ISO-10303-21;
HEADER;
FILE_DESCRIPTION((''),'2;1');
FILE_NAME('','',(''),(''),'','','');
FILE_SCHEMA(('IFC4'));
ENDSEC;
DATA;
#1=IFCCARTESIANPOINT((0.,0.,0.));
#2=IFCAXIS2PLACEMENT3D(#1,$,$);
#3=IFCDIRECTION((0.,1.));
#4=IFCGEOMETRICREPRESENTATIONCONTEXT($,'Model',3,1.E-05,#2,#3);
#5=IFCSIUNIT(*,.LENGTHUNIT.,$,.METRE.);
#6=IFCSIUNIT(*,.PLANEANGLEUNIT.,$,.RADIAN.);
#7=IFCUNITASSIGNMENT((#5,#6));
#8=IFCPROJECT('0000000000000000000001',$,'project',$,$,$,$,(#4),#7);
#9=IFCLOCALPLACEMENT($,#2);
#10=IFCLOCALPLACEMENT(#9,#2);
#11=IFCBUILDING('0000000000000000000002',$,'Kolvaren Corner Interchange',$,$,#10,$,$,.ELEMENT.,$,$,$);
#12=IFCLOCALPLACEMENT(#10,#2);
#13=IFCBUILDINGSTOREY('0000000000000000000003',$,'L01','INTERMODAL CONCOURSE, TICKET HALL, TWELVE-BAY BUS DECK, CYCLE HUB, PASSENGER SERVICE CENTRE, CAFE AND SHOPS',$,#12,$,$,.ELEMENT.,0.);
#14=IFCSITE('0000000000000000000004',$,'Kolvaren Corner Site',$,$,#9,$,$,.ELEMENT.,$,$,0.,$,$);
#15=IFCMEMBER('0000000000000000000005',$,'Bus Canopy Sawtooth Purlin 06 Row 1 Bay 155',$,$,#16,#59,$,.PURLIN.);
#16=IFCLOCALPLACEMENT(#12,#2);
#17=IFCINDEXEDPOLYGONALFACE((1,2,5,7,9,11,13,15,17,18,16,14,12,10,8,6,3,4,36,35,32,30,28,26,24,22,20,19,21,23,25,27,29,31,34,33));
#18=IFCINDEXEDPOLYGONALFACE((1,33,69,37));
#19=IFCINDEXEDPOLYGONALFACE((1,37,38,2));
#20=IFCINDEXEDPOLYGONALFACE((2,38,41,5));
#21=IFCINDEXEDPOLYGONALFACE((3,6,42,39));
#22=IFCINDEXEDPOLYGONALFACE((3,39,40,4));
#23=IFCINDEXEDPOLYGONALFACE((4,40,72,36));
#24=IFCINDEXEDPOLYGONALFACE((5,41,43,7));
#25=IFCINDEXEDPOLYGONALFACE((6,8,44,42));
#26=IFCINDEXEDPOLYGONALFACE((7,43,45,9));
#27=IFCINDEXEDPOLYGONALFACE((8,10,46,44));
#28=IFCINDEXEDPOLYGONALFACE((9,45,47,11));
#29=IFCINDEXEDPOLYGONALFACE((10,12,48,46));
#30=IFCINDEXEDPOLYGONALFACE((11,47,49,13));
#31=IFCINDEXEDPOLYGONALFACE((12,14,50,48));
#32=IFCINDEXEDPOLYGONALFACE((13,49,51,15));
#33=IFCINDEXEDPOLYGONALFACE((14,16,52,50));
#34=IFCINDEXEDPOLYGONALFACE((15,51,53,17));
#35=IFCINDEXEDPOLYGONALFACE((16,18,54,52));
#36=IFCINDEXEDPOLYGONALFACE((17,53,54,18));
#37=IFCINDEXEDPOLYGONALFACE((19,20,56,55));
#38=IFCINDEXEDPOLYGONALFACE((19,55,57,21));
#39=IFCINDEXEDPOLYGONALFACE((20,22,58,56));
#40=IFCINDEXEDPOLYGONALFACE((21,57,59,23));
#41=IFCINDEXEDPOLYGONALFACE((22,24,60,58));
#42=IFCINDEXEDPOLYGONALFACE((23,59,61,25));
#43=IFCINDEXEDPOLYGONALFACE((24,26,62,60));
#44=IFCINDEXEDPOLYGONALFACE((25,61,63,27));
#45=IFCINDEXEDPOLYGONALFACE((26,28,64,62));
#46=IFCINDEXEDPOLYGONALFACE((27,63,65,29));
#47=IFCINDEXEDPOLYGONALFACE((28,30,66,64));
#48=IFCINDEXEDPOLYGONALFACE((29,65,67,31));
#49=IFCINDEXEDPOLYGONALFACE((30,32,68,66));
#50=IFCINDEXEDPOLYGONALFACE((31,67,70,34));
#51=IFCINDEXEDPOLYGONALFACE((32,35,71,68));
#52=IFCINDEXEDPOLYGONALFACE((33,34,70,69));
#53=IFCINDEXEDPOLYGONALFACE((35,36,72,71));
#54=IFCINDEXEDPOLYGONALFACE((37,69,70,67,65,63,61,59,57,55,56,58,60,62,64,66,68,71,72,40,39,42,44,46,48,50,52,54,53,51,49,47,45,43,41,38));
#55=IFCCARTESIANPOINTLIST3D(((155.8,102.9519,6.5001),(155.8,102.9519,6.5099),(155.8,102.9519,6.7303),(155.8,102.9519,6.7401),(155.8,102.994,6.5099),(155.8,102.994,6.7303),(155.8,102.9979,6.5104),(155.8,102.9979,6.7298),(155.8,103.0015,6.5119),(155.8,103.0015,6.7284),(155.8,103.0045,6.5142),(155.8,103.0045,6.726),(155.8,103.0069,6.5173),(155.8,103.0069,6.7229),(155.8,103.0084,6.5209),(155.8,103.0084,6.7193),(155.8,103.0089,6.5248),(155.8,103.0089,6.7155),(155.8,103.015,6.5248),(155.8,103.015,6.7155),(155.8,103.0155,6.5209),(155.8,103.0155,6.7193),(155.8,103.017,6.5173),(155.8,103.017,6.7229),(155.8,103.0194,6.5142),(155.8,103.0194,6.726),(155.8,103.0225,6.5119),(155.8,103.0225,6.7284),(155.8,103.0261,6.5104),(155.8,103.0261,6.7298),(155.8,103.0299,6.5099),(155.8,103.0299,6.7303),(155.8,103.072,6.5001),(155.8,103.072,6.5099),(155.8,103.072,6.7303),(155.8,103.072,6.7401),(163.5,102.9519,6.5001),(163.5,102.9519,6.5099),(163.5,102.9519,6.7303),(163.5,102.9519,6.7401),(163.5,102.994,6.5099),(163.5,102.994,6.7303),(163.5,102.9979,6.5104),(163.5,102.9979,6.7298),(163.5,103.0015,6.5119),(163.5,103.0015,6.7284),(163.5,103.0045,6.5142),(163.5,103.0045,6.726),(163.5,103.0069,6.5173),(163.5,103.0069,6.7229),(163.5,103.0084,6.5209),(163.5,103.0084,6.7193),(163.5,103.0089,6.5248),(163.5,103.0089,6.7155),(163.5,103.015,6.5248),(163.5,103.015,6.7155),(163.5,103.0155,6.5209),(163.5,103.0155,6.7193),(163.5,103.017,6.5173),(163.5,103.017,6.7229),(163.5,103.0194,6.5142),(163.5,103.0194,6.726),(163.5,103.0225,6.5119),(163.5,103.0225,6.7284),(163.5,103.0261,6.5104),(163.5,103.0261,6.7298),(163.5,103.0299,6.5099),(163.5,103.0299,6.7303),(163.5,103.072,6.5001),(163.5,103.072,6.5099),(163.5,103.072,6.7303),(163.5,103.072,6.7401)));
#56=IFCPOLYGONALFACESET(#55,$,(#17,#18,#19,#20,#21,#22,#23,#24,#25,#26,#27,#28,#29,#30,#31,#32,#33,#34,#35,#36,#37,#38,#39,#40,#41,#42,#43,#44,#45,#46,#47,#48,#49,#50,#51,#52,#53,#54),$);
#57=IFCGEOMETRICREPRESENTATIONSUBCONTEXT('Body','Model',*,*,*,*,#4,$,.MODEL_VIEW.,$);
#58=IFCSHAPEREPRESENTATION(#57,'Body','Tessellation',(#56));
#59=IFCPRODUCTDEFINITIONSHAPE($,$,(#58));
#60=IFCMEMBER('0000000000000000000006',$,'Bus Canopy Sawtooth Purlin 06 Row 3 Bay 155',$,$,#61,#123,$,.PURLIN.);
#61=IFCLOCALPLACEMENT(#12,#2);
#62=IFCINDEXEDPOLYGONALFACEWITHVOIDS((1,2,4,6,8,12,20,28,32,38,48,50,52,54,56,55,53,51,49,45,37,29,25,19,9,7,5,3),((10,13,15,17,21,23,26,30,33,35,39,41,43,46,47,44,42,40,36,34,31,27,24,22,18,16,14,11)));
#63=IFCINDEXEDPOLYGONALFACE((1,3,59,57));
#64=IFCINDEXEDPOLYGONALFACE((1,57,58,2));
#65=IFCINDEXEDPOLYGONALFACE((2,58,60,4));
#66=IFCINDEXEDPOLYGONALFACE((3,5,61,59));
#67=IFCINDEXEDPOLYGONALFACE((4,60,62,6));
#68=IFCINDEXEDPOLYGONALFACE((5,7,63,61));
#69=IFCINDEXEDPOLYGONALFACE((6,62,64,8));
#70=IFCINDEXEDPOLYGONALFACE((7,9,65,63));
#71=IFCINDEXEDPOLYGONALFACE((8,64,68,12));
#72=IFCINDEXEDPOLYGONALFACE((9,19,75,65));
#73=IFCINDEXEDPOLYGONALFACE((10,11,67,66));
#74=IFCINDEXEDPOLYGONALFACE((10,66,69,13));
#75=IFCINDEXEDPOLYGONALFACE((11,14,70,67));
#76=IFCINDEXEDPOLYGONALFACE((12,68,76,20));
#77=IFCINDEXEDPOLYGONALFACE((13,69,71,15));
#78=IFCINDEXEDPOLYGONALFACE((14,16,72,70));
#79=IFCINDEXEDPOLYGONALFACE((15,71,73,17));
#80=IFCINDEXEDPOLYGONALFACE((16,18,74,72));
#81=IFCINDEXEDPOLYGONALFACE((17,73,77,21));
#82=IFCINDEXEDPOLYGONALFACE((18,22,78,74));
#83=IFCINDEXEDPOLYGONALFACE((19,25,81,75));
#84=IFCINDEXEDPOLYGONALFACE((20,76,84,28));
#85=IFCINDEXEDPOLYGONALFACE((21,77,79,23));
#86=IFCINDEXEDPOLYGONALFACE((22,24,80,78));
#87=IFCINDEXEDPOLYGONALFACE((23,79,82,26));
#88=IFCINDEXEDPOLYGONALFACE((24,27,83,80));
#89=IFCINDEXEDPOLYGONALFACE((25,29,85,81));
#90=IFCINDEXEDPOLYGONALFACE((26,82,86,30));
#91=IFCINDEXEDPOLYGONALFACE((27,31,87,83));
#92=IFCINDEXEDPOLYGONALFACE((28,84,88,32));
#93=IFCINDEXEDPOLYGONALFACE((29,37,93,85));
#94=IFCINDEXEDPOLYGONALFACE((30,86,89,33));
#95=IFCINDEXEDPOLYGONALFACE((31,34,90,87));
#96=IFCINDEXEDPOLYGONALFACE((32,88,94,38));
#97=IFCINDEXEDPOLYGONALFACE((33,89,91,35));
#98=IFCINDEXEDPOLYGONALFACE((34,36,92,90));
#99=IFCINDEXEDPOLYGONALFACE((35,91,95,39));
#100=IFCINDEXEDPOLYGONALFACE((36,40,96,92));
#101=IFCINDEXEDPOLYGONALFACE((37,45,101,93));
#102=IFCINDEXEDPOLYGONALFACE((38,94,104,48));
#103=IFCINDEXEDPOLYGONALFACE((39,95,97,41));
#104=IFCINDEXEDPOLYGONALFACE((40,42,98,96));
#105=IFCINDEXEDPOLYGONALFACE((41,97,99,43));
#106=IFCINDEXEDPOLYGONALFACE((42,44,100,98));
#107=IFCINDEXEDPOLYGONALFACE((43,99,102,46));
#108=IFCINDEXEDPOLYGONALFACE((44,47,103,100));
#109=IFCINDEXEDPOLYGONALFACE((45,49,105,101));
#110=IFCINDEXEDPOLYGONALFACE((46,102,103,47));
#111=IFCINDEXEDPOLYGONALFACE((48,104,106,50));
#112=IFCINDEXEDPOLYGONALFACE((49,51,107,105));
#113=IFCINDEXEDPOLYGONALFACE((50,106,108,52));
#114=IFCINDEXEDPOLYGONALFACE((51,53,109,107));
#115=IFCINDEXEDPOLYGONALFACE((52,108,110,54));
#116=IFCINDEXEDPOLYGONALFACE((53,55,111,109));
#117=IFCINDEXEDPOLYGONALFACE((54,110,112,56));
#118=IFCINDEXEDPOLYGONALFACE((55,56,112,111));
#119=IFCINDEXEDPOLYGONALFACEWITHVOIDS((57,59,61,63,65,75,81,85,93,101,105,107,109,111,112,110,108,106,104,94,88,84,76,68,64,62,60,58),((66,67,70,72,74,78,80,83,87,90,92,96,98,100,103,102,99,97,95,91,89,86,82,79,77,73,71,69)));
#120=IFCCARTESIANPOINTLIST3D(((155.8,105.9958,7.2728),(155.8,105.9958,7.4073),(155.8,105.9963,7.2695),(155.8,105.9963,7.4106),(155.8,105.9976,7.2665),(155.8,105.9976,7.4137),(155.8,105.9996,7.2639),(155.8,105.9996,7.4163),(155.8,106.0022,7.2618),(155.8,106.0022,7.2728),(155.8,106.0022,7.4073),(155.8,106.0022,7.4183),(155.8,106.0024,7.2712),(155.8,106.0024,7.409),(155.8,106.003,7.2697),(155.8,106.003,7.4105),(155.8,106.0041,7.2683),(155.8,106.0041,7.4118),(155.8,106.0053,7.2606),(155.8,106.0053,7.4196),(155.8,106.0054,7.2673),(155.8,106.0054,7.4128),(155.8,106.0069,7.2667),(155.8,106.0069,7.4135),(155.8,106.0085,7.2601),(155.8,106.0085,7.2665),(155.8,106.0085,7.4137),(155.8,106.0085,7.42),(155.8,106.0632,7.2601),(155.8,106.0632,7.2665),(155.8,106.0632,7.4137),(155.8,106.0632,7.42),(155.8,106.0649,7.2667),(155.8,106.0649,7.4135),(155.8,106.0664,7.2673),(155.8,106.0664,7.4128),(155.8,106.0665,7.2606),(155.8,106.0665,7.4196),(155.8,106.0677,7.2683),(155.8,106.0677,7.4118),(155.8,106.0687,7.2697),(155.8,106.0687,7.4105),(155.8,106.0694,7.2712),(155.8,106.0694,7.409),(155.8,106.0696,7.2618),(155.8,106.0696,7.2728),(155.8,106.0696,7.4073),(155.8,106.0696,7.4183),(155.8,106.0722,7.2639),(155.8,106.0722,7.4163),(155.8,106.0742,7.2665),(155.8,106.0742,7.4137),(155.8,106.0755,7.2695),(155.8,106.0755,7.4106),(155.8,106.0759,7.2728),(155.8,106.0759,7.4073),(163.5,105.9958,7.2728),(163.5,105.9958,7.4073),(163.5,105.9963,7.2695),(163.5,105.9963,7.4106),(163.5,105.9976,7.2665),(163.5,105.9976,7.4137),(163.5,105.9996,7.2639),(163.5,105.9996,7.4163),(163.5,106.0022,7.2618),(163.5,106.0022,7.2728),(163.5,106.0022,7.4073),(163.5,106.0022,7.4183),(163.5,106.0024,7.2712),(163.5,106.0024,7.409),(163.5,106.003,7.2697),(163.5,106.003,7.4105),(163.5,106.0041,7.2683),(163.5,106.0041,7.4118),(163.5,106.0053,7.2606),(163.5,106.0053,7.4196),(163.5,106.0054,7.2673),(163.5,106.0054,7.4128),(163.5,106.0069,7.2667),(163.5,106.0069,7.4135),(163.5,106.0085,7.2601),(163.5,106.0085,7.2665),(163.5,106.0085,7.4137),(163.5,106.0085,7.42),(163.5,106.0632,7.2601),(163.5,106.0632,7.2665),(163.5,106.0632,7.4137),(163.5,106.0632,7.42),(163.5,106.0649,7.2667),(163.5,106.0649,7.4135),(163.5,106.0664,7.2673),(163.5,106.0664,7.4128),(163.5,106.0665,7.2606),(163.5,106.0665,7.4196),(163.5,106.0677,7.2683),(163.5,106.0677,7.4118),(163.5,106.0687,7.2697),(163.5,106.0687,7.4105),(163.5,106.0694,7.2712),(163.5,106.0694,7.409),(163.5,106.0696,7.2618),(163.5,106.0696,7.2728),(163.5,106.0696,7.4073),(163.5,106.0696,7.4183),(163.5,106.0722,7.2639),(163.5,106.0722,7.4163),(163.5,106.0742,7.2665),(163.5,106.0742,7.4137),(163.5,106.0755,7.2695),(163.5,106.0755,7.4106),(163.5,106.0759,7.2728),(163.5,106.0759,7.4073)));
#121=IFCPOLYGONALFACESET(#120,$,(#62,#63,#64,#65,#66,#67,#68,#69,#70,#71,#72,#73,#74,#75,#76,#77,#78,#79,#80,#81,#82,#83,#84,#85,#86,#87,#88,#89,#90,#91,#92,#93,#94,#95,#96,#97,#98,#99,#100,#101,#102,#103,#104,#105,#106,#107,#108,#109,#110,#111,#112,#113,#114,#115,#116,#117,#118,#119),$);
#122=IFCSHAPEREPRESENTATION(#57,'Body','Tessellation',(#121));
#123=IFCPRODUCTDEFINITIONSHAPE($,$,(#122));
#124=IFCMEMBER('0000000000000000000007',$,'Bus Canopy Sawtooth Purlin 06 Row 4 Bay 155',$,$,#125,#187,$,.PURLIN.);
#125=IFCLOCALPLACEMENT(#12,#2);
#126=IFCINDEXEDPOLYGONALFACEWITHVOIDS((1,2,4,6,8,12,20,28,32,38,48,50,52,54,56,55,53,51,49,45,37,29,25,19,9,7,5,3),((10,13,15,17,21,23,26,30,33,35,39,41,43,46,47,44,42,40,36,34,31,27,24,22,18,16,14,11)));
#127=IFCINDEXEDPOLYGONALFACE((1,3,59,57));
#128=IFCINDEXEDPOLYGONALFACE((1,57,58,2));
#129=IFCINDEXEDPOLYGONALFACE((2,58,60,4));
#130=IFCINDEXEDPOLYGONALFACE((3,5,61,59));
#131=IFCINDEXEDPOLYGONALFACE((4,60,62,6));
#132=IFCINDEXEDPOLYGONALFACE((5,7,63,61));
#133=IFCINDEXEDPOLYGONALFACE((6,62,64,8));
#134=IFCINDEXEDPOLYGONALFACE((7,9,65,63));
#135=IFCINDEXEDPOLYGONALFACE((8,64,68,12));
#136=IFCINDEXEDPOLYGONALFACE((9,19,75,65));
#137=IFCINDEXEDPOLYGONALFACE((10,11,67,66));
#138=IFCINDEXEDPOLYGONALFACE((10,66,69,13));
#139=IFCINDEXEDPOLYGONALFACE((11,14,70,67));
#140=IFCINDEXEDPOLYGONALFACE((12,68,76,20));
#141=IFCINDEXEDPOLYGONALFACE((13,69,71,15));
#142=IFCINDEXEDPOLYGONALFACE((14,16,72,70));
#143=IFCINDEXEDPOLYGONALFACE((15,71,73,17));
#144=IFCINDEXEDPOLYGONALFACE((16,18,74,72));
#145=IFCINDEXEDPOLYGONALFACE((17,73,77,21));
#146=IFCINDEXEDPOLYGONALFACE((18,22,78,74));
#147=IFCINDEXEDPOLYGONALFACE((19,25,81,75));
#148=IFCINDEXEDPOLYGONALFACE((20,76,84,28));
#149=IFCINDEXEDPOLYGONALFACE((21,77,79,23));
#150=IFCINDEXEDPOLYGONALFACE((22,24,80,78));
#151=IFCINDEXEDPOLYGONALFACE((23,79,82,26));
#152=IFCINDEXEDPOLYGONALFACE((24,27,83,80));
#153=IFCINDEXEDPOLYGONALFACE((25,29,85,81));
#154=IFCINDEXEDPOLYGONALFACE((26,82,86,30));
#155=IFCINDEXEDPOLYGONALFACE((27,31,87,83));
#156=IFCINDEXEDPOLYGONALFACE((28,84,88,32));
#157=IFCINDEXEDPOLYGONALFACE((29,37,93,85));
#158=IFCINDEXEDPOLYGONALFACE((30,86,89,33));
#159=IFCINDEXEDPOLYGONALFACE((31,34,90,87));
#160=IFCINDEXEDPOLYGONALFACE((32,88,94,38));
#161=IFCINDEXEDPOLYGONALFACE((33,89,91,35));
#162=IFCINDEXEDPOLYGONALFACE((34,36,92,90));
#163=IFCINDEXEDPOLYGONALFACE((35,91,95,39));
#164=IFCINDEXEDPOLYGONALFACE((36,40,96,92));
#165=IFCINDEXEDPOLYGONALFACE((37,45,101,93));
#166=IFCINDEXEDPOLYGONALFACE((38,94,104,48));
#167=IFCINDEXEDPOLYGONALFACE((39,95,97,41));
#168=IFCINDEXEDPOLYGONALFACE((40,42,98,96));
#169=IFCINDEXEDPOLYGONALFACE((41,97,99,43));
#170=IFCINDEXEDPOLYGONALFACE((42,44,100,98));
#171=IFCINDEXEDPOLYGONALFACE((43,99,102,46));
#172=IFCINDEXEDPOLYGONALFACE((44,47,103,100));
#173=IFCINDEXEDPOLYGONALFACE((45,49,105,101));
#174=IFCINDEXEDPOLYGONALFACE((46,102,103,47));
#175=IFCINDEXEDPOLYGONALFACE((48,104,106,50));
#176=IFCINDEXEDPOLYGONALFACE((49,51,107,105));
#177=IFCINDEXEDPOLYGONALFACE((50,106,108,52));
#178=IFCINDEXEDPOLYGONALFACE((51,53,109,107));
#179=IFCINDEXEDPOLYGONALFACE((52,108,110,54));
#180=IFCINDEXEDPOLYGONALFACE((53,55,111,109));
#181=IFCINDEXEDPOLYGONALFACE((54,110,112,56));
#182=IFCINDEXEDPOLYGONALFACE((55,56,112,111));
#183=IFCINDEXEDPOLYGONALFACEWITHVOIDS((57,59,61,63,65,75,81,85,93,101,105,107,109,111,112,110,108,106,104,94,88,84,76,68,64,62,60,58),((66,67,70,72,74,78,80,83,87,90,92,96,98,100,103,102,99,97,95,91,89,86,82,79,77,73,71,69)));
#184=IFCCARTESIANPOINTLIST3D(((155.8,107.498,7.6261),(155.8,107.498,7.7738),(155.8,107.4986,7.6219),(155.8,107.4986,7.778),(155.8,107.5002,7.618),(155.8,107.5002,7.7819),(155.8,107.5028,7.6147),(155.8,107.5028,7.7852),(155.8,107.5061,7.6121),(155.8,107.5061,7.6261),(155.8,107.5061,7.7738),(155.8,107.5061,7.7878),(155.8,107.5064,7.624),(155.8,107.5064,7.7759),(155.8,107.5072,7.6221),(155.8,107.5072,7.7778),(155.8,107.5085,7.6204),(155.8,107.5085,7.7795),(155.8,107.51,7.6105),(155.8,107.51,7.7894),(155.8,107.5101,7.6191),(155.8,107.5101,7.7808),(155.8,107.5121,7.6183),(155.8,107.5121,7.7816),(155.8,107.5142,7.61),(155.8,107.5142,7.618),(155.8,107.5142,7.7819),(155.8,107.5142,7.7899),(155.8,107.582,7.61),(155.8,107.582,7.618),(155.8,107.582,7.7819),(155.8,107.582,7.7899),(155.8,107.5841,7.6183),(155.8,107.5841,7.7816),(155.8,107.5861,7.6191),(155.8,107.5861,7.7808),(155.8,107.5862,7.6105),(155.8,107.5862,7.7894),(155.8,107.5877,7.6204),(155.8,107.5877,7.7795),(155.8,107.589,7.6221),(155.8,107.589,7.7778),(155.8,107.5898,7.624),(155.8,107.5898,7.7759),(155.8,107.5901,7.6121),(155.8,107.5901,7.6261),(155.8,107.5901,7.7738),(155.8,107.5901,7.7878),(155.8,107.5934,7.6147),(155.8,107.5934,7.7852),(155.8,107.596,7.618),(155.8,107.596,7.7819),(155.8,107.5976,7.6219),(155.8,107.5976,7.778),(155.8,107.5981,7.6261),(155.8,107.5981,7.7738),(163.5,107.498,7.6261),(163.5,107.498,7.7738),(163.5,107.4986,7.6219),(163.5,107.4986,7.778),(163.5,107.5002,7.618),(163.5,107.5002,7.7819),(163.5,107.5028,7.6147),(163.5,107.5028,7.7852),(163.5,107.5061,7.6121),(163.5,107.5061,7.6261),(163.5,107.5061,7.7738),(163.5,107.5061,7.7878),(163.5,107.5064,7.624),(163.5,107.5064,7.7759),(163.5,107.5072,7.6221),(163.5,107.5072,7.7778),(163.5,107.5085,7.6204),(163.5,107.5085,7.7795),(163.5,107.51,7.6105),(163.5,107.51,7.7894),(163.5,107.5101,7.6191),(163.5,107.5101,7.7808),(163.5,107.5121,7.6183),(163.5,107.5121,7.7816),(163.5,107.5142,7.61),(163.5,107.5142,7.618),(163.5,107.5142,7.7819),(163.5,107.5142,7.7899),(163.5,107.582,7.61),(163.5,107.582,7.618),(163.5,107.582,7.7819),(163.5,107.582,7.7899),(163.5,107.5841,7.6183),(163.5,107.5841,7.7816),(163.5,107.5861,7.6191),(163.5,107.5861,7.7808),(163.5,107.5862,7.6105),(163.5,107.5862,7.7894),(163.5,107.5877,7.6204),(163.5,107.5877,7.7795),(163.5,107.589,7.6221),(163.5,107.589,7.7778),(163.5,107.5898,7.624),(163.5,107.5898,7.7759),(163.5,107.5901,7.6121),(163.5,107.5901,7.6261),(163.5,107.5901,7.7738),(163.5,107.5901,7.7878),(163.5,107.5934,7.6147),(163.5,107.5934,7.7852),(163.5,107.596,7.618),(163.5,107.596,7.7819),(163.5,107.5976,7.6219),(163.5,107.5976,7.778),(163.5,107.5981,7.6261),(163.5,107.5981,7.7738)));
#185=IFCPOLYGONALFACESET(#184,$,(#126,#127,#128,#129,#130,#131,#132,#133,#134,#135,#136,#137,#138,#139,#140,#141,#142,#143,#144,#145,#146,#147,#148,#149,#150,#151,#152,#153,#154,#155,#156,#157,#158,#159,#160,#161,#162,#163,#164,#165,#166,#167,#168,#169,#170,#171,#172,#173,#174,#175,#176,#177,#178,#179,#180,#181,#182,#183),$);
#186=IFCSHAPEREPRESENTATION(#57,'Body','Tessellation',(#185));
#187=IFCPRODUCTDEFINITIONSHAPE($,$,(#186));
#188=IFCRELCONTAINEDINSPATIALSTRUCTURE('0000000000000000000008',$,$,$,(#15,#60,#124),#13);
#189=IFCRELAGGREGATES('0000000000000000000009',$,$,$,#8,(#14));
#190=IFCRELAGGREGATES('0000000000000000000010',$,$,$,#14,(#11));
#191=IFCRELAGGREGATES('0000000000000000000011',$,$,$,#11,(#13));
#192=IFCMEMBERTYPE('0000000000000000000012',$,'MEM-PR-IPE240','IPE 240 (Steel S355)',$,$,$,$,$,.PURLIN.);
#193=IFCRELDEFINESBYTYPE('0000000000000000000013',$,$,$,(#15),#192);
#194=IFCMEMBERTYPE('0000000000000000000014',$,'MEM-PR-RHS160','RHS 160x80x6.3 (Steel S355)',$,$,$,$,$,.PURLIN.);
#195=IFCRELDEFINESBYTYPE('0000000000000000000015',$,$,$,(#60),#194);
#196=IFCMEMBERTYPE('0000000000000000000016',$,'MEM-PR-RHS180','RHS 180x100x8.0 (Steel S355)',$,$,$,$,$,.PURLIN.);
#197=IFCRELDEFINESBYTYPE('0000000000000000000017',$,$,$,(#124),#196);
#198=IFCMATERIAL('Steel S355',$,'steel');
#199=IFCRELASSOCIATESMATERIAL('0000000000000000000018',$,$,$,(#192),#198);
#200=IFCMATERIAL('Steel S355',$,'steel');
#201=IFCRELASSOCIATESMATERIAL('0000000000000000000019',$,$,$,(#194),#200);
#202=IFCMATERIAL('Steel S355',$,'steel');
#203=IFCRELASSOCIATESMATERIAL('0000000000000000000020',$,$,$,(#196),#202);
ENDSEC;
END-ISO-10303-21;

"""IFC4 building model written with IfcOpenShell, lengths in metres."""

from ifc_helpers import new_model, si_unit, direction, frame, origin, origin_2d, place, context, subcontext, project, spatial, hollow_rectangle, i_section, extrude, material, material_profile, profile_set, type_object, element, save


model = new_model("IFC4")

# Units and contexts
model_context = context("Model", 3, precision=1e-05, world=origin(), true_north=direction((0.0, 1.0)))
body_context = subcontext(model_context, "Body", "Model", "MODEL_VIEW")
ifc_project = project(units=[si_unit("LENGTHUNIT", "METRE"), si_unit("PLANEANGLEUNIT", "RADIAN")], contexts=[model_context])

# Site, building, storey
site_placement = place(None, origin())
site = spatial("IfcSite", under=ifc_project, at=site_placement, Name="Kolvaren Corner Site", CompositionType="ELEMENT", RefElevation=0.0)
building_placement = place(site_placement, origin())
building = spatial("IfcBuilding", under=site, at=building_placement, Name="Kolvaren Corner Interchange", CompositionType="ELEMENT")
storey_placement = place(building_placement, origin())
storey = spatial("IfcBuildingStorey", under=building, at=storey_placement, Name="L01", Description="INTERMODAL CONCOURSE, TICKET HALL, TWELVE-BAY BUS DECK, CYCLE HUB, PASSENGER SERVICE CENTRE, CAFE AND SHOPS", CompositionType="ELEMENT", Elevation=0.0)

# Members
ifc_material_1 = material(Name="Steel S355", Category="steel")
ifc_material_profile_1 = material_profile(ifc_material_1, i_section(OverallWidth=0.1201, OverallDepth=0.24, WebThickness=0.0061, FlangeThickness=0.0098, FilletRadius=0.0149, at=origin_2d()), Name="IPE 240")
ifc_profile_set_1 = profile_set([ifc_material_profile_1], Name="Steel S355")
member_type_1 = type_object("IfcMemberType", Name="MEM-PR-IPE240", Description="IPE 240 (Steel S355)", PredefinedType="PURLIN", material=ifc_profile_set_1)
member_1_placement = place(storey_placement, frame((155.8, 103.012, 6.6201), z_axis=(1.0, 0.0, 0.0), x_axis=(0.0, 1.0, 0.0)))
element("IfcMember", 1, at=member_1_placement, inside=storey, type_object=member_type_1, Name="Bus Canopy Sawtooth Purlin 06 Row 1 Bay 155", PredefinedType="PURLIN", context=body_context, shape_type="SweptSolid", body=[
    extrude(i_section(OverallWidth=0.1201, OverallDepth=0.24, WebThickness=0.0061, FlangeThickness=0.0098, FilletRadius=0.0149, at=origin_2d()), origin(), (0.0, 0.0, 1.0), 7.7),
])
ifc_material_2 = material(Name="Steel S355", Category="steel")
ifc_material_profile_2 = material_profile(ifc_material_2, hollow_rectangle(XDim=0.0801, YDim=0.1599, WallThickness=0.0063, InnerFilletRadius=0.0063, OuterFilletRadius=0.0127, at=origin_2d()), Name="RHS 160x80x6.3")
ifc_profile_set_2 = profile_set([ifc_material_profile_2], Name="Steel S355")
member_type_2 = type_object("IfcMemberType", Name="MEM-PR-RHS160", Description="RHS 160x80x6.3 (Steel S355)", PredefinedType="PURLIN", material=ifc_profile_set_2)
member_2_placement = place(storey_placement, frame((155.8, 106.0359, 7.3401), z_axis=(1.0, 0.0, 0.0), x_axis=(0.0, 1.0, 0.0)))
element("IfcMember", 2, at=member_2_placement, inside=storey, type_object=member_type_2, Name="Bus Canopy Sawtooth Purlin 06 Row 3 Bay 155", PredefinedType="PURLIN", context=body_context, shape_type="SweptSolid", body=[
    extrude(hollow_rectangle(XDim=0.0801, YDim=0.1599, WallThickness=0.0063, InnerFilletRadius=0.0063, OuterFilletRadius=0.0127, at=origin_2d()), origin(), (0.0, 0.0, 1.0), 7.7),
])
ifc_material_3 = material(Name="Steel S355", Category="steel")
ifc_material_profile_3 = material_profile(ifc_material_3, hollow_rectangle(XDim=0.1001, YDim=0.1799, WallThickness=0.0081, InnerFilletRadius=0.0081, OuterFilletRadius=0.0161, at=origin_2d()), Name="RHS 180x100x8.0")
ifc_profile_set_3 = profile_set([ifc_material_profile_3], Name="Steel S355")
member_type_3 = type_object("IfcMemberType", Name="MEM-PR-RHS180", Description="RHS 180x100x8.0 (Steel S355)", PredefinedType="PURLIN", material=ifc_profile_set_3)
member_3_placement = place(storey_placement, frame((155.8, 107.5481, 7.7), z_axis=(1.0, 0.0, 0.0), x_axis=(0.0, 1.0, 0.0)))
element("IfcMember", 3, at=member_3_placement, inside=storey, type_object=member_type_3, Name="Bus Canopy Sawtooth Purlin 06 Row 4 Bay 155", PredefinedType="PURLIN", context=body_context, shape_type="SweptSolid", body=[
    extrude(hollow_rectangle(XDim=0.1001, YDim=0.1799, WallThickness=0.0081, InnerFilletRadius=0.0081, OuterFilletRadius=0.0161, at=origin_2d()), origin(), (0.0, 0.0, 1.0), 7.7),
])

save(model, "model.ifc")
